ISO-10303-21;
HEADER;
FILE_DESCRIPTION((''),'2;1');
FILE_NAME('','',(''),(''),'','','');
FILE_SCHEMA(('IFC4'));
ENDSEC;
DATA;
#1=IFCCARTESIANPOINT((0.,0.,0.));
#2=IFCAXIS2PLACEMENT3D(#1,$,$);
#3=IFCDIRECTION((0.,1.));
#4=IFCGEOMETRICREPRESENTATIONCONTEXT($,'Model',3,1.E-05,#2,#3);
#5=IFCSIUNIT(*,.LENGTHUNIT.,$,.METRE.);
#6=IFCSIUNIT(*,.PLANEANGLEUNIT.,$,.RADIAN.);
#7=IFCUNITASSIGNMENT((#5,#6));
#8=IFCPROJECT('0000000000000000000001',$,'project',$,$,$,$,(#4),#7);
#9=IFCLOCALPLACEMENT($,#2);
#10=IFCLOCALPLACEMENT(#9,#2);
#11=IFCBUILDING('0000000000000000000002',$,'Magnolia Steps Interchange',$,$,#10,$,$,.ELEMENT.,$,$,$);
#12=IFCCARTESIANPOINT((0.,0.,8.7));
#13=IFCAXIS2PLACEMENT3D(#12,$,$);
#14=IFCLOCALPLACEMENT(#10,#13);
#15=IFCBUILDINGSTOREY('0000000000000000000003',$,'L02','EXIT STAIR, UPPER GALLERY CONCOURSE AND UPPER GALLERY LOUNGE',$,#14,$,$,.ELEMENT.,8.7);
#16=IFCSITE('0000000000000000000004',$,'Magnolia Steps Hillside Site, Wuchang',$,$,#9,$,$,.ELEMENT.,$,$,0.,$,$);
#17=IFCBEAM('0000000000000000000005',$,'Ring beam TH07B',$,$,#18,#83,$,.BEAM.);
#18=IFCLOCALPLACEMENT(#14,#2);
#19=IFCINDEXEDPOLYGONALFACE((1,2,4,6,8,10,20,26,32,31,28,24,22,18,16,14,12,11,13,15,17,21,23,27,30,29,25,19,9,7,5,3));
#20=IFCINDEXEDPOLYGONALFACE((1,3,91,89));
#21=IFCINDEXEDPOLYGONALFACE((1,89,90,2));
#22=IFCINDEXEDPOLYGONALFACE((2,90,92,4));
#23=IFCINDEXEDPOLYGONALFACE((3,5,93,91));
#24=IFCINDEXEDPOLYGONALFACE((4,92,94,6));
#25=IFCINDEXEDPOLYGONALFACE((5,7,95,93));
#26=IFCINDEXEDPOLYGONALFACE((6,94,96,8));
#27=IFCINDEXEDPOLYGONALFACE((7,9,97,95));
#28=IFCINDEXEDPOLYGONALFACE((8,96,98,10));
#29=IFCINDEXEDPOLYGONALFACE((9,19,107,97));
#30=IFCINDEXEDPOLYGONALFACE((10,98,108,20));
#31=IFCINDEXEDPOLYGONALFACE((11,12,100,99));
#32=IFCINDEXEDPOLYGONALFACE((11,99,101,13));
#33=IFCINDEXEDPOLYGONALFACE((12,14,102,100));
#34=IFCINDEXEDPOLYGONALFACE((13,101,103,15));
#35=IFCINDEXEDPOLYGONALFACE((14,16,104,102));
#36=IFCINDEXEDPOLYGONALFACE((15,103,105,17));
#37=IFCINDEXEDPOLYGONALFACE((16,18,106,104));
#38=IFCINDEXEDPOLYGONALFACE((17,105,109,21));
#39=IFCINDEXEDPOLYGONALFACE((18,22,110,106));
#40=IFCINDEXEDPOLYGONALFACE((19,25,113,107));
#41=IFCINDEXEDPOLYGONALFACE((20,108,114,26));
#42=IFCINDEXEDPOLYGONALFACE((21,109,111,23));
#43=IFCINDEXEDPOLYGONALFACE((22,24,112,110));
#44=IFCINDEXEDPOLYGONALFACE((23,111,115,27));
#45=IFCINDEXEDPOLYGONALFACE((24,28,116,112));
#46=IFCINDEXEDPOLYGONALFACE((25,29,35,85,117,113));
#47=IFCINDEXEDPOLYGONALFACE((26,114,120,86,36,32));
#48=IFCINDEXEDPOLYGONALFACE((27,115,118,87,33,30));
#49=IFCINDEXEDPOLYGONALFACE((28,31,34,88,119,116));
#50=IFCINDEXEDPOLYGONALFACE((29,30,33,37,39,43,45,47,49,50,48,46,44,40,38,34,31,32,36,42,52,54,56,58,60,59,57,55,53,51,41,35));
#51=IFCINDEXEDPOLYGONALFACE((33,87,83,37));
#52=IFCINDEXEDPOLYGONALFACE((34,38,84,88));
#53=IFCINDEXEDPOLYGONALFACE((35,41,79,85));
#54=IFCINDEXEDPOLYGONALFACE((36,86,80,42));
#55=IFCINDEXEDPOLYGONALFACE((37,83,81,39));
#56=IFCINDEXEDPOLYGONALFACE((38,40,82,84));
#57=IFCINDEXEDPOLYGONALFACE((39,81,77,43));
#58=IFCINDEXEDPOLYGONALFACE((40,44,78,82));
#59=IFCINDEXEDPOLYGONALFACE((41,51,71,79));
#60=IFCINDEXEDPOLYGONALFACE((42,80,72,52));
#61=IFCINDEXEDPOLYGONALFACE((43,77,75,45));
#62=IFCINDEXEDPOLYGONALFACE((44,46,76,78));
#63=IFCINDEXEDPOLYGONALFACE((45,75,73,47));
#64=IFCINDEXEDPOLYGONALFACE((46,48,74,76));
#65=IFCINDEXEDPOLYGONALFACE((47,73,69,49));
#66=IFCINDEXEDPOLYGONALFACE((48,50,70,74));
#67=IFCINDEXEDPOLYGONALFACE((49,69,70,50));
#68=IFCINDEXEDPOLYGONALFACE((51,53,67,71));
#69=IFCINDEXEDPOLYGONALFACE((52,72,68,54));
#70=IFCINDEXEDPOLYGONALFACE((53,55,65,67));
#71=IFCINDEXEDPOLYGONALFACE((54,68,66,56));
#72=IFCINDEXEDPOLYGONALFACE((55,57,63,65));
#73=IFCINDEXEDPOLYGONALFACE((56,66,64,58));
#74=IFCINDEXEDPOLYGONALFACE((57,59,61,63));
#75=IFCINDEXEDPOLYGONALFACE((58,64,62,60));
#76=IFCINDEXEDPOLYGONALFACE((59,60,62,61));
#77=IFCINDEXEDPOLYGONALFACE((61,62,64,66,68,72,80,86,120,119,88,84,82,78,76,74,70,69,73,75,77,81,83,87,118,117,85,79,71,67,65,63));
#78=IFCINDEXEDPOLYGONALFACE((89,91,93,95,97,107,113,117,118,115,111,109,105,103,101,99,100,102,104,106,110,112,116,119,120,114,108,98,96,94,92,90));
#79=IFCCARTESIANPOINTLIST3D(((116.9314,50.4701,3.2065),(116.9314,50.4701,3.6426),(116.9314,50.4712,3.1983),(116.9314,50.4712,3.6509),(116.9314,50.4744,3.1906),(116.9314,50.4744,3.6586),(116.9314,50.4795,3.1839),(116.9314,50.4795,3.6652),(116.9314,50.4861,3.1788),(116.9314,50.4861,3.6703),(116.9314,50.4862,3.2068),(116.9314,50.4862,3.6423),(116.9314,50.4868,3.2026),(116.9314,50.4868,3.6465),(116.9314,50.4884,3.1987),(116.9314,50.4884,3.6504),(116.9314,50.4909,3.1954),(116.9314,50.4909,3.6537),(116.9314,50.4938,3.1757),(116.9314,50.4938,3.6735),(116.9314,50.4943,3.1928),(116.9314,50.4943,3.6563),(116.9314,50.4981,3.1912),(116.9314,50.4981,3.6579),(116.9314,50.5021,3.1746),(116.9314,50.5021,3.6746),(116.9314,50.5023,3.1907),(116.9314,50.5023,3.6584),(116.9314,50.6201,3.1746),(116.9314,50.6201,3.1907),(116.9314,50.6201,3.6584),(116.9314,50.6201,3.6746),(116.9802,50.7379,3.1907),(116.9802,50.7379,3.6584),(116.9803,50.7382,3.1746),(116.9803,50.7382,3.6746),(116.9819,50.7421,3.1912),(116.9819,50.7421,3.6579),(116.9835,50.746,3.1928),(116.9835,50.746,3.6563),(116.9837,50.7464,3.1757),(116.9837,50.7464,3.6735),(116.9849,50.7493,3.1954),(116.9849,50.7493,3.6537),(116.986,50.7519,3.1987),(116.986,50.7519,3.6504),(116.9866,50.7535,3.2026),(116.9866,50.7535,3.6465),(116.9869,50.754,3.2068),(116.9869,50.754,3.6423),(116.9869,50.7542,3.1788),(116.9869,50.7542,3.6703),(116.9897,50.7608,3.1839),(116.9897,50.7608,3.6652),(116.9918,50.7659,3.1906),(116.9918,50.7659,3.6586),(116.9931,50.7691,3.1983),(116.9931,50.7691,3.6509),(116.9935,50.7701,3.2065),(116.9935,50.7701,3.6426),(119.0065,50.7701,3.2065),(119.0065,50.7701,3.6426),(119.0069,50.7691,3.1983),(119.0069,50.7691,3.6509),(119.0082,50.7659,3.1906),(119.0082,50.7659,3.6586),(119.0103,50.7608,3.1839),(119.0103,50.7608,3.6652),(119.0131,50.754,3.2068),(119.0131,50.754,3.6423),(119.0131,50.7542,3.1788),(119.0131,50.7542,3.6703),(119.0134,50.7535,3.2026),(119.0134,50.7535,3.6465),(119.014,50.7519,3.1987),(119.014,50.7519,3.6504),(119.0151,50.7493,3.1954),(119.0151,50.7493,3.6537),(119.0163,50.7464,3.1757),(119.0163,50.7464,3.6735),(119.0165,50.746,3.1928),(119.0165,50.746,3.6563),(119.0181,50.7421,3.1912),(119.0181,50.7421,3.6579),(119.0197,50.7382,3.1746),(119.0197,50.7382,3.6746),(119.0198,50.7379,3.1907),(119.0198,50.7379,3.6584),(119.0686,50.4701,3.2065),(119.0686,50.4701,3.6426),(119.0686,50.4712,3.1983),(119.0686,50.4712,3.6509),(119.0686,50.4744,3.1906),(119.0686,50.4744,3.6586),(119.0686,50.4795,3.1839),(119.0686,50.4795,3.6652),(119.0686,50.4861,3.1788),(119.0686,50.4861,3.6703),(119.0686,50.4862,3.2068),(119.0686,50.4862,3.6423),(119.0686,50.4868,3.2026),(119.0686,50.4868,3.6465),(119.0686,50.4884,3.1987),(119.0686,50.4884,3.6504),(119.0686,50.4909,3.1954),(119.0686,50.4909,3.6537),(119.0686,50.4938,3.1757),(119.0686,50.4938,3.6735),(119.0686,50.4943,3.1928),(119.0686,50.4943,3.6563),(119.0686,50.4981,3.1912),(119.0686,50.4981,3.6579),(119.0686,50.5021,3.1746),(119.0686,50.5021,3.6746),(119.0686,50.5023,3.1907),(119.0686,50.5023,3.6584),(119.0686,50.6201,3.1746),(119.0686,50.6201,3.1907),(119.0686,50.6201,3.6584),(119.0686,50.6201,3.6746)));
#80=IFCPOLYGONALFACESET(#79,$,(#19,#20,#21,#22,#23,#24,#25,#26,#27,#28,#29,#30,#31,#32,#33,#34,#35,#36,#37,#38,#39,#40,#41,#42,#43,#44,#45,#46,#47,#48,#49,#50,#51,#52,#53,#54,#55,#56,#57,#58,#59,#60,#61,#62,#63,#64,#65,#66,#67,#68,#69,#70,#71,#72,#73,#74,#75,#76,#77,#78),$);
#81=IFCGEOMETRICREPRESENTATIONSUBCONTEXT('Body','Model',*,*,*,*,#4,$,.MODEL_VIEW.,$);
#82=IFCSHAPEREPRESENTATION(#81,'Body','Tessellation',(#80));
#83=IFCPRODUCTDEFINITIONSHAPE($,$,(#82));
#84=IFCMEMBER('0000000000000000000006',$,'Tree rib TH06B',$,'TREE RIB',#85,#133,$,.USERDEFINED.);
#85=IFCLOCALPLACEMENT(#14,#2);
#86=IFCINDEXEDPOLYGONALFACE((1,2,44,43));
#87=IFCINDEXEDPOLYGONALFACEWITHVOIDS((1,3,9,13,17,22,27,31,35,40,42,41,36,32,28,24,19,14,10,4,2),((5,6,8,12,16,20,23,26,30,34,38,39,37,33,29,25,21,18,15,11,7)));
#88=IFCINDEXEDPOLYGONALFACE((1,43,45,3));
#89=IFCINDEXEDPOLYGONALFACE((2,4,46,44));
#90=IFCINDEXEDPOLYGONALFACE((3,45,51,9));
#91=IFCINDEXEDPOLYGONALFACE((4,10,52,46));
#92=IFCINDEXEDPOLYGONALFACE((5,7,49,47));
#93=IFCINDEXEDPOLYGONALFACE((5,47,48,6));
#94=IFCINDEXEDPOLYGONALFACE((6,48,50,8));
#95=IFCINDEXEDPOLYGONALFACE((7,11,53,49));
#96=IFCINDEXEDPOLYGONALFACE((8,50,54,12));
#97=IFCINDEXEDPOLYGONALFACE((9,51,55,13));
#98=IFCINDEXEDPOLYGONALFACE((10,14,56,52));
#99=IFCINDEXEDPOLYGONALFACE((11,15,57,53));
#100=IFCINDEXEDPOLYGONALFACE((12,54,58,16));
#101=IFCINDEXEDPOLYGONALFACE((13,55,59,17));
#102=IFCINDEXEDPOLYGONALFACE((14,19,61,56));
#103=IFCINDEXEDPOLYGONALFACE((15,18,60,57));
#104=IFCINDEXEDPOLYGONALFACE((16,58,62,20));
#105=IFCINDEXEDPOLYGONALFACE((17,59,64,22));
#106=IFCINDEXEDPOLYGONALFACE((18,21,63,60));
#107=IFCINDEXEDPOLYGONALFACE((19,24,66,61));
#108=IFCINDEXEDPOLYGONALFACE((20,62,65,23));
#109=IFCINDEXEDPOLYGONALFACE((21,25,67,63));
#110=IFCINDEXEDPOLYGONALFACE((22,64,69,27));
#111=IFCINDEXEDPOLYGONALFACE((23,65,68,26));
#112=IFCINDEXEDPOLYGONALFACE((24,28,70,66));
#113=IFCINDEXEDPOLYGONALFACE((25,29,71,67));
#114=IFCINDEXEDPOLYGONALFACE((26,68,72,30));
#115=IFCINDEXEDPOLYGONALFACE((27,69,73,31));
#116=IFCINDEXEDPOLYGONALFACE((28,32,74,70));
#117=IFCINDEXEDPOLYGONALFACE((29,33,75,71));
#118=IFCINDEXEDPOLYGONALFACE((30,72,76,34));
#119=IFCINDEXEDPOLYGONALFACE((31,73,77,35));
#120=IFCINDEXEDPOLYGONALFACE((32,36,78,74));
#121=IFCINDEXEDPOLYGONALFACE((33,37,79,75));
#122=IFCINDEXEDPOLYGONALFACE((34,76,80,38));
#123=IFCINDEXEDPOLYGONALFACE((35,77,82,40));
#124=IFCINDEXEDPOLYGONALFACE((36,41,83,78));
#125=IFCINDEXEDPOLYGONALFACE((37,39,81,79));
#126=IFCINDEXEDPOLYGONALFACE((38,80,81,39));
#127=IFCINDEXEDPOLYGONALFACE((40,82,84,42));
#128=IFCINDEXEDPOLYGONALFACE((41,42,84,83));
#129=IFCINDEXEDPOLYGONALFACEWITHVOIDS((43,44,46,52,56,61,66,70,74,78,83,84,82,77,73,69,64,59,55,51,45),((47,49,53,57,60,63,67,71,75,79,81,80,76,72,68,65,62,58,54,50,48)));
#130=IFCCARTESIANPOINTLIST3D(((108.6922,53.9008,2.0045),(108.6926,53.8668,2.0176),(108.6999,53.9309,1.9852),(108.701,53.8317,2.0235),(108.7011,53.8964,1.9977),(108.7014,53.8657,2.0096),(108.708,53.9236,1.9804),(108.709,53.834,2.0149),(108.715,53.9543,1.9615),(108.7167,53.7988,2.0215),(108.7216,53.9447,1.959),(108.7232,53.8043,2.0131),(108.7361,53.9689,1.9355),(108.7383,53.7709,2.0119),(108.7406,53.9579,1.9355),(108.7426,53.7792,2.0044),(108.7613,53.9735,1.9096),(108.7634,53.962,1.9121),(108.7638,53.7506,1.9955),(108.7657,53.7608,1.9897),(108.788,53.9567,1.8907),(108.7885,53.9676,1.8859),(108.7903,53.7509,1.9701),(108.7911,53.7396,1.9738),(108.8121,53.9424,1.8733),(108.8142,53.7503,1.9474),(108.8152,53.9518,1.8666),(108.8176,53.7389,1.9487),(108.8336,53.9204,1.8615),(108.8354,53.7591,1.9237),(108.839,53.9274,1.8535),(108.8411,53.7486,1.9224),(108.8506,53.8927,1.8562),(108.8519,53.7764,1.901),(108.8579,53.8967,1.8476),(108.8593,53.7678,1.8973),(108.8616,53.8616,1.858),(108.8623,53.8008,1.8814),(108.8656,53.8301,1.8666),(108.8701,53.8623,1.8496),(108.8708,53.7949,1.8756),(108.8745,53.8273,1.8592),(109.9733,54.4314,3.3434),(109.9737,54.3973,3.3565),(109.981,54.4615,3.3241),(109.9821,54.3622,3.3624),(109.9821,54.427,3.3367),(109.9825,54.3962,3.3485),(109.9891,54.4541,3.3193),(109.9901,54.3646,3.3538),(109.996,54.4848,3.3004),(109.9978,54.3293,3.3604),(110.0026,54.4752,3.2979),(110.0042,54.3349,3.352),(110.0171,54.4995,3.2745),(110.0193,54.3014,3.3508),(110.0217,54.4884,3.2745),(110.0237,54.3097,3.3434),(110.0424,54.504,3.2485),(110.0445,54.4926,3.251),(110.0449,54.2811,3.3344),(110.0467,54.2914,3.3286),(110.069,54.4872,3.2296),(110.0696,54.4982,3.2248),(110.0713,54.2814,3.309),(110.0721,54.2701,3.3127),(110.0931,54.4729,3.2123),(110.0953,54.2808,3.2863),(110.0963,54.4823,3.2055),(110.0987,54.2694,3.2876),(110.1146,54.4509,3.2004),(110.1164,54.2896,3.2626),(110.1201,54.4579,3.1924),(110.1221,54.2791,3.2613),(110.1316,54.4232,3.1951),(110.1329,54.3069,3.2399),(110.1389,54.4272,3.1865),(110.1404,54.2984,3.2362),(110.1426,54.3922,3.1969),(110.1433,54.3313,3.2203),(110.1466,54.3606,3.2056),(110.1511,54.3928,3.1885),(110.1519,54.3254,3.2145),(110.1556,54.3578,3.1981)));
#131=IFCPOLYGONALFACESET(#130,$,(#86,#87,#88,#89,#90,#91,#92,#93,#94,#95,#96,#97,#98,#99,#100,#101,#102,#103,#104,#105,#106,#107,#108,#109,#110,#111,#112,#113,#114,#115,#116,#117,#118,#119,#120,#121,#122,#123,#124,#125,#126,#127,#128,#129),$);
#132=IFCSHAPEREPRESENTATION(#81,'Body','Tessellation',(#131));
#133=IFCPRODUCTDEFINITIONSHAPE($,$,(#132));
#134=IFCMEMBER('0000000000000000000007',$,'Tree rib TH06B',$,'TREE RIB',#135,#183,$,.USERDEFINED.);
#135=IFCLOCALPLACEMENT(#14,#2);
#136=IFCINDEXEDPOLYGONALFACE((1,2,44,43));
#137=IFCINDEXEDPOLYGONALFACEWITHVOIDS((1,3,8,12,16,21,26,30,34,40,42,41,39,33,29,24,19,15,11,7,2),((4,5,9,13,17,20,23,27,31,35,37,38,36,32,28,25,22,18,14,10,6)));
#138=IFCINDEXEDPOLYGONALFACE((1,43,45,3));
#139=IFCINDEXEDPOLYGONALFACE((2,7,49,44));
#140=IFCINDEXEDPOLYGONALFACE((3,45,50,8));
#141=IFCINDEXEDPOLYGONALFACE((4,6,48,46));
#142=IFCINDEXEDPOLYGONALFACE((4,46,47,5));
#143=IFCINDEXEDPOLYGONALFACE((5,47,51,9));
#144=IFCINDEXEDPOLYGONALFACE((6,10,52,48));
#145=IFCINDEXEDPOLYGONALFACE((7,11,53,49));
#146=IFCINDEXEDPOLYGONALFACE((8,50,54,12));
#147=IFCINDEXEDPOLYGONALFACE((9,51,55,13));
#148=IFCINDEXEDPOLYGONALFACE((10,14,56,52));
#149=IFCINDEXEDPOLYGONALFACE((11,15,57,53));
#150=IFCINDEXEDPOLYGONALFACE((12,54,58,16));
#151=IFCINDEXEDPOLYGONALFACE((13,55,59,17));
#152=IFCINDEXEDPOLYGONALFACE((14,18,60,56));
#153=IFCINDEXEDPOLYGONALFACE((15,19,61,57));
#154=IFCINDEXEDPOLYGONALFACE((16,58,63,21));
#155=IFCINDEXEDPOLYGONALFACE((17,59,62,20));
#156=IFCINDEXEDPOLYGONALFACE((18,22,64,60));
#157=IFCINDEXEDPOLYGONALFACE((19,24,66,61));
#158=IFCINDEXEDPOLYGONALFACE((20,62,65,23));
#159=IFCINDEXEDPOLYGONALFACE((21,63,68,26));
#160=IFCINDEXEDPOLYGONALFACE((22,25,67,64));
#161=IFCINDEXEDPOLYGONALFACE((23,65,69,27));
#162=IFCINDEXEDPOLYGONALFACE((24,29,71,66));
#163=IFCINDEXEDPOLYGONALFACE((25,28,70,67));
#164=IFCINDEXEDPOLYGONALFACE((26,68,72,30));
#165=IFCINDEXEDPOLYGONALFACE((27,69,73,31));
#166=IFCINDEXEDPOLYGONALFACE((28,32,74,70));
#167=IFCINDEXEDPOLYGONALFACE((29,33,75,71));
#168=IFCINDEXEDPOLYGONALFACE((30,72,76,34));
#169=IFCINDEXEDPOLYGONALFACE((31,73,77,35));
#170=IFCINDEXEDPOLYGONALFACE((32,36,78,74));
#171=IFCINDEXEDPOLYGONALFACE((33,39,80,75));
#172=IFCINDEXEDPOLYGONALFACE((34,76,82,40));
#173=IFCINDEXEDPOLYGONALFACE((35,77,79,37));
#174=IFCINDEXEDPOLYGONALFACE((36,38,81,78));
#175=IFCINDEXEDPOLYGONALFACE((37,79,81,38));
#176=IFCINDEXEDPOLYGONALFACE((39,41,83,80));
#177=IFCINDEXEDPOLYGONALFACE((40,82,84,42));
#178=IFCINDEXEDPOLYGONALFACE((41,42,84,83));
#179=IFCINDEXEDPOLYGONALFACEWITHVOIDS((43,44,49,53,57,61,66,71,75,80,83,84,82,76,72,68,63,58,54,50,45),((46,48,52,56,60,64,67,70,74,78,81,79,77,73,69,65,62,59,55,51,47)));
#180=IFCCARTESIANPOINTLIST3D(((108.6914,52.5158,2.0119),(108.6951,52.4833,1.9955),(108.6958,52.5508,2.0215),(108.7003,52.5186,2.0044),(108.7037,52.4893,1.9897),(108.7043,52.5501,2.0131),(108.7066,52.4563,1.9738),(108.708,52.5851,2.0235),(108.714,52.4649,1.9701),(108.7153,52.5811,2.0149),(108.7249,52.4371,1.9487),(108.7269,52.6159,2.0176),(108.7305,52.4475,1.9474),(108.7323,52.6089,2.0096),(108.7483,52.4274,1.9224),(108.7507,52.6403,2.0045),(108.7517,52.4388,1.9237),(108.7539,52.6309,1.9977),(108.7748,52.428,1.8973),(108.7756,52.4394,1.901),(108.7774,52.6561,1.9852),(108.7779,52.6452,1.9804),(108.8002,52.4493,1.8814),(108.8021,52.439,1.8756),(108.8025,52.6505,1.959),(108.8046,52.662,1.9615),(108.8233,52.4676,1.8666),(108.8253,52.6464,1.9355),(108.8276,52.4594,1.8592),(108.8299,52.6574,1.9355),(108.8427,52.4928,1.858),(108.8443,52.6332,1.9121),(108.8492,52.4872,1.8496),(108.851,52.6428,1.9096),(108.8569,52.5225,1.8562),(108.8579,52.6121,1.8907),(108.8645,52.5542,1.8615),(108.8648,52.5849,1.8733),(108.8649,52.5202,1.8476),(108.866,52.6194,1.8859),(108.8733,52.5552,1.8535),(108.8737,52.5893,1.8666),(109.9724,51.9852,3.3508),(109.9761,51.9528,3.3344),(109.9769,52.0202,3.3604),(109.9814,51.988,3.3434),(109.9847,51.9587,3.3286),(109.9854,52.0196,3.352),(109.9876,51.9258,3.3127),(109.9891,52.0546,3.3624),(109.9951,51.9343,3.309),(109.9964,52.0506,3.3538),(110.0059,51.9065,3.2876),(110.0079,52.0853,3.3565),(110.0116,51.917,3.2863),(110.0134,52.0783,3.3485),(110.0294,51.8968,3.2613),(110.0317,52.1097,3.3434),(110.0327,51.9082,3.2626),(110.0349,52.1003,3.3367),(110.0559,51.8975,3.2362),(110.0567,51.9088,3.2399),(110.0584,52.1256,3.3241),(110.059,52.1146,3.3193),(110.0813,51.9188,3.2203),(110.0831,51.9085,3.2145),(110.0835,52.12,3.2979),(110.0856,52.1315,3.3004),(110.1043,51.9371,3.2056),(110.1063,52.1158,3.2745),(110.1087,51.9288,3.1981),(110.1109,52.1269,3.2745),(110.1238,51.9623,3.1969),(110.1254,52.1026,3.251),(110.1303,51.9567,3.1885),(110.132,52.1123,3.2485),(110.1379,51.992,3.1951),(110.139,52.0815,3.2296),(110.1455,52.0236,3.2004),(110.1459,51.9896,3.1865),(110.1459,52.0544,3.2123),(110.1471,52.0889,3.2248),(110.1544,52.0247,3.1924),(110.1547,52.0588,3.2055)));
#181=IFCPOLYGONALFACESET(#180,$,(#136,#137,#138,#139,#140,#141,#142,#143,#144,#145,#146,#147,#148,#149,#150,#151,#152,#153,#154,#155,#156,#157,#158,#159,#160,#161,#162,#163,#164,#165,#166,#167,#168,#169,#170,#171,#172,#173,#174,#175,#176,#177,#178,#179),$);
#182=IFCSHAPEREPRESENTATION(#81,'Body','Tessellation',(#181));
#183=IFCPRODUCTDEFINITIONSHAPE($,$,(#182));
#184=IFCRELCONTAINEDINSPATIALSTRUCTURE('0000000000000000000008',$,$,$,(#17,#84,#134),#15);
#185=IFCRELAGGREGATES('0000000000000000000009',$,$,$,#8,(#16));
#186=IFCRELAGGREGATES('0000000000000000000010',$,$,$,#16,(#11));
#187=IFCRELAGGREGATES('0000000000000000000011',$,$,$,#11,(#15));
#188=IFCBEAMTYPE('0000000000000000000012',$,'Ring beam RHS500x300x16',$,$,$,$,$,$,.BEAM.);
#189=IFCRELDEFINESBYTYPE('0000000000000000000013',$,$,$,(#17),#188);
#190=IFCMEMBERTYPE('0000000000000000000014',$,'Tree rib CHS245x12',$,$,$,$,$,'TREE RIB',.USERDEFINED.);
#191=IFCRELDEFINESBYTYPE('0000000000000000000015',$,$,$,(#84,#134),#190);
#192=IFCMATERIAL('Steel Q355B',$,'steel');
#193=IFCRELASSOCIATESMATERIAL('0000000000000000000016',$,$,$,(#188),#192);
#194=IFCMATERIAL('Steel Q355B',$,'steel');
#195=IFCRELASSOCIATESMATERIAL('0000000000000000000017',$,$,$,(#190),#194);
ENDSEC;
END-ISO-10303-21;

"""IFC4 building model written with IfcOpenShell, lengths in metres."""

from ifc_helpers import new_model, si_unit, direction, frame, origin, origin_2d, place, context, subcontext, project, spatial, hollow_rectangle, hollow_circle, extrude, clip, halfspace, material, material_profile, profile_set, type_object, element, save


model = new_model("IFC4")

# Units and contexts
model_context = context("Model", 3, precision=1e-05, world=origin(), true_north=direction((0.0, 1.0)))
body_context = subcontext(model_context, "Body", "Model", "MODEL_VIEW")
ifc_project = project(units=[si_unit("LENGTHUNIT", "METRE"), si_unit("PLANEANGLEUNIT", "RADIAN")], contexts=[model_context])

# Site, building, storey
site_placement = place(None, origin())
site = spatial("IfcSite", under=ifc_project, at=site_placement, Name="Magnolia Steps Hillside Site, Wuchang", CompositionType="ELEMENT", RefElevation=0.0)
building_placement = place(site_placement, origin())
building = spatial("IfcBuilding", under=site, at=building_placement, Name="Magnolia Steps Interchange", CompositionType="ELEMENT")
storey_placement = place(building_placement, frame((0.0, 0.0, 8.7)))
storey = spatial("IfcBuildingStorey", under=building, at=storey_placement, Name="L02", Description="EXIT STAIR, UPPER GALLERY CONCOURSE AND UPPER GALLERY LOUNGE", CompositionType="ELEMENT", Elevation=8.7)

# Beam
ifc_material_1 = material(Name="Steel Q355B", Category="steel")
ifc_material_profile_1 = material_profile(ifc_material_1, hollow_rectangle(XDim=0.3, YDim=0.5, WallThickness=0.0161, InnerFilletRadius=0.0161, OuterFilletRadius=0.032, at=origin_2d()), Name="RHS500x300x16")
ifc_profile_set_1 = profile_set([ifc_material_profile_1], Name="Steel Q355B")
beam_type = type_object("IfcBeamType", Name="Ring beam RHS500x300x16", PredefinedType="BEAM", material=ifc_profile_set_1)
beam_1_placement = place(storey_placement, frame((116.9314, 50.6201, 3.4246), z_axis=(1.0, 0.0, 0.0), x_axis=(0.0, 1.0, 0.0)))
element("IfcBeam", 1, at=beam_1_placement, inside=storey, type_object=beam_type, Name="Ring beam TH07B", PredefinedType="BEAM", context=body_context, shape_type="Clipping", body=[
    clip(clip(extrude(hollow_rectangle(XDim=0.3, YDim=0.5, WallThickness=0.0161, InnerFilletRadius=0.0161, OuterFilletRadius=0.032, at=origin_2d()), origin(), (0.0, 0.0, 1.0), 2.1372), halfspace(frame((0.0, 0.0, 0.0), z_axis=(0.382683, 0.0, -0.92388), x_axis=(0.92388, 0.0, 0.382683)), False)), halfspace(frame((0.0, 0.0, 2.1372), z_axis=(0.382683, 0.0, 0.92388), x_axis=(0.92388, 0.0, -0.382683)), False)),
])

# Members
ifc_material_2 = material(Name="Steel Q355B", Category="steel")
ifc_material_profile_2 = material_profile(ifc_material_2, hollow_circle(Radius=0.1226, WallThickness=0.012, at=origin_2d()), Name="CHS245x12")
ifc_profile_set_2 = profile_set([ifc_material_profile_2], Name="Steel Q355B")
member_type = type_object("IfcMemberType", Name="Tree rib CHS245x12", ElementType="TREE RIB", PredefinedType="USERDEFINED", material=ifc_profile_set_2)
for number, where, z_axis, x_axis, name in (
    (2, (108.783, 53.8557, 1.9355), (0.664618, 0.275246, 0.694638), (-0.382627, 0.923903, 0.0), "Tree rib TH06B"),
    (3, (108.783, 52.5442, 1.9355), (0.664618, -0.275246, 0.694638), (0.382627, 0.923903, 0.0), "Tree rib TH06B"),
):
    element("IfcMember", number, at=place(storey_placement, frame(where, z_axis=z_axis, x_axis=x_axis)), inside=storey, type_object=member_type, Name=name, ObjectType="TREE RIB", PredefinedType="USERDEFINED", context=body_context, shape_type="SweptSolid", body=[
        extrude(hollow_circle(Radius=0.1226, WallThickness=0.012, at=origin_2d()), origin(), (0.0, 0.0, 1.0), 1.9275),
    ])

save(model, "model.ifc")
